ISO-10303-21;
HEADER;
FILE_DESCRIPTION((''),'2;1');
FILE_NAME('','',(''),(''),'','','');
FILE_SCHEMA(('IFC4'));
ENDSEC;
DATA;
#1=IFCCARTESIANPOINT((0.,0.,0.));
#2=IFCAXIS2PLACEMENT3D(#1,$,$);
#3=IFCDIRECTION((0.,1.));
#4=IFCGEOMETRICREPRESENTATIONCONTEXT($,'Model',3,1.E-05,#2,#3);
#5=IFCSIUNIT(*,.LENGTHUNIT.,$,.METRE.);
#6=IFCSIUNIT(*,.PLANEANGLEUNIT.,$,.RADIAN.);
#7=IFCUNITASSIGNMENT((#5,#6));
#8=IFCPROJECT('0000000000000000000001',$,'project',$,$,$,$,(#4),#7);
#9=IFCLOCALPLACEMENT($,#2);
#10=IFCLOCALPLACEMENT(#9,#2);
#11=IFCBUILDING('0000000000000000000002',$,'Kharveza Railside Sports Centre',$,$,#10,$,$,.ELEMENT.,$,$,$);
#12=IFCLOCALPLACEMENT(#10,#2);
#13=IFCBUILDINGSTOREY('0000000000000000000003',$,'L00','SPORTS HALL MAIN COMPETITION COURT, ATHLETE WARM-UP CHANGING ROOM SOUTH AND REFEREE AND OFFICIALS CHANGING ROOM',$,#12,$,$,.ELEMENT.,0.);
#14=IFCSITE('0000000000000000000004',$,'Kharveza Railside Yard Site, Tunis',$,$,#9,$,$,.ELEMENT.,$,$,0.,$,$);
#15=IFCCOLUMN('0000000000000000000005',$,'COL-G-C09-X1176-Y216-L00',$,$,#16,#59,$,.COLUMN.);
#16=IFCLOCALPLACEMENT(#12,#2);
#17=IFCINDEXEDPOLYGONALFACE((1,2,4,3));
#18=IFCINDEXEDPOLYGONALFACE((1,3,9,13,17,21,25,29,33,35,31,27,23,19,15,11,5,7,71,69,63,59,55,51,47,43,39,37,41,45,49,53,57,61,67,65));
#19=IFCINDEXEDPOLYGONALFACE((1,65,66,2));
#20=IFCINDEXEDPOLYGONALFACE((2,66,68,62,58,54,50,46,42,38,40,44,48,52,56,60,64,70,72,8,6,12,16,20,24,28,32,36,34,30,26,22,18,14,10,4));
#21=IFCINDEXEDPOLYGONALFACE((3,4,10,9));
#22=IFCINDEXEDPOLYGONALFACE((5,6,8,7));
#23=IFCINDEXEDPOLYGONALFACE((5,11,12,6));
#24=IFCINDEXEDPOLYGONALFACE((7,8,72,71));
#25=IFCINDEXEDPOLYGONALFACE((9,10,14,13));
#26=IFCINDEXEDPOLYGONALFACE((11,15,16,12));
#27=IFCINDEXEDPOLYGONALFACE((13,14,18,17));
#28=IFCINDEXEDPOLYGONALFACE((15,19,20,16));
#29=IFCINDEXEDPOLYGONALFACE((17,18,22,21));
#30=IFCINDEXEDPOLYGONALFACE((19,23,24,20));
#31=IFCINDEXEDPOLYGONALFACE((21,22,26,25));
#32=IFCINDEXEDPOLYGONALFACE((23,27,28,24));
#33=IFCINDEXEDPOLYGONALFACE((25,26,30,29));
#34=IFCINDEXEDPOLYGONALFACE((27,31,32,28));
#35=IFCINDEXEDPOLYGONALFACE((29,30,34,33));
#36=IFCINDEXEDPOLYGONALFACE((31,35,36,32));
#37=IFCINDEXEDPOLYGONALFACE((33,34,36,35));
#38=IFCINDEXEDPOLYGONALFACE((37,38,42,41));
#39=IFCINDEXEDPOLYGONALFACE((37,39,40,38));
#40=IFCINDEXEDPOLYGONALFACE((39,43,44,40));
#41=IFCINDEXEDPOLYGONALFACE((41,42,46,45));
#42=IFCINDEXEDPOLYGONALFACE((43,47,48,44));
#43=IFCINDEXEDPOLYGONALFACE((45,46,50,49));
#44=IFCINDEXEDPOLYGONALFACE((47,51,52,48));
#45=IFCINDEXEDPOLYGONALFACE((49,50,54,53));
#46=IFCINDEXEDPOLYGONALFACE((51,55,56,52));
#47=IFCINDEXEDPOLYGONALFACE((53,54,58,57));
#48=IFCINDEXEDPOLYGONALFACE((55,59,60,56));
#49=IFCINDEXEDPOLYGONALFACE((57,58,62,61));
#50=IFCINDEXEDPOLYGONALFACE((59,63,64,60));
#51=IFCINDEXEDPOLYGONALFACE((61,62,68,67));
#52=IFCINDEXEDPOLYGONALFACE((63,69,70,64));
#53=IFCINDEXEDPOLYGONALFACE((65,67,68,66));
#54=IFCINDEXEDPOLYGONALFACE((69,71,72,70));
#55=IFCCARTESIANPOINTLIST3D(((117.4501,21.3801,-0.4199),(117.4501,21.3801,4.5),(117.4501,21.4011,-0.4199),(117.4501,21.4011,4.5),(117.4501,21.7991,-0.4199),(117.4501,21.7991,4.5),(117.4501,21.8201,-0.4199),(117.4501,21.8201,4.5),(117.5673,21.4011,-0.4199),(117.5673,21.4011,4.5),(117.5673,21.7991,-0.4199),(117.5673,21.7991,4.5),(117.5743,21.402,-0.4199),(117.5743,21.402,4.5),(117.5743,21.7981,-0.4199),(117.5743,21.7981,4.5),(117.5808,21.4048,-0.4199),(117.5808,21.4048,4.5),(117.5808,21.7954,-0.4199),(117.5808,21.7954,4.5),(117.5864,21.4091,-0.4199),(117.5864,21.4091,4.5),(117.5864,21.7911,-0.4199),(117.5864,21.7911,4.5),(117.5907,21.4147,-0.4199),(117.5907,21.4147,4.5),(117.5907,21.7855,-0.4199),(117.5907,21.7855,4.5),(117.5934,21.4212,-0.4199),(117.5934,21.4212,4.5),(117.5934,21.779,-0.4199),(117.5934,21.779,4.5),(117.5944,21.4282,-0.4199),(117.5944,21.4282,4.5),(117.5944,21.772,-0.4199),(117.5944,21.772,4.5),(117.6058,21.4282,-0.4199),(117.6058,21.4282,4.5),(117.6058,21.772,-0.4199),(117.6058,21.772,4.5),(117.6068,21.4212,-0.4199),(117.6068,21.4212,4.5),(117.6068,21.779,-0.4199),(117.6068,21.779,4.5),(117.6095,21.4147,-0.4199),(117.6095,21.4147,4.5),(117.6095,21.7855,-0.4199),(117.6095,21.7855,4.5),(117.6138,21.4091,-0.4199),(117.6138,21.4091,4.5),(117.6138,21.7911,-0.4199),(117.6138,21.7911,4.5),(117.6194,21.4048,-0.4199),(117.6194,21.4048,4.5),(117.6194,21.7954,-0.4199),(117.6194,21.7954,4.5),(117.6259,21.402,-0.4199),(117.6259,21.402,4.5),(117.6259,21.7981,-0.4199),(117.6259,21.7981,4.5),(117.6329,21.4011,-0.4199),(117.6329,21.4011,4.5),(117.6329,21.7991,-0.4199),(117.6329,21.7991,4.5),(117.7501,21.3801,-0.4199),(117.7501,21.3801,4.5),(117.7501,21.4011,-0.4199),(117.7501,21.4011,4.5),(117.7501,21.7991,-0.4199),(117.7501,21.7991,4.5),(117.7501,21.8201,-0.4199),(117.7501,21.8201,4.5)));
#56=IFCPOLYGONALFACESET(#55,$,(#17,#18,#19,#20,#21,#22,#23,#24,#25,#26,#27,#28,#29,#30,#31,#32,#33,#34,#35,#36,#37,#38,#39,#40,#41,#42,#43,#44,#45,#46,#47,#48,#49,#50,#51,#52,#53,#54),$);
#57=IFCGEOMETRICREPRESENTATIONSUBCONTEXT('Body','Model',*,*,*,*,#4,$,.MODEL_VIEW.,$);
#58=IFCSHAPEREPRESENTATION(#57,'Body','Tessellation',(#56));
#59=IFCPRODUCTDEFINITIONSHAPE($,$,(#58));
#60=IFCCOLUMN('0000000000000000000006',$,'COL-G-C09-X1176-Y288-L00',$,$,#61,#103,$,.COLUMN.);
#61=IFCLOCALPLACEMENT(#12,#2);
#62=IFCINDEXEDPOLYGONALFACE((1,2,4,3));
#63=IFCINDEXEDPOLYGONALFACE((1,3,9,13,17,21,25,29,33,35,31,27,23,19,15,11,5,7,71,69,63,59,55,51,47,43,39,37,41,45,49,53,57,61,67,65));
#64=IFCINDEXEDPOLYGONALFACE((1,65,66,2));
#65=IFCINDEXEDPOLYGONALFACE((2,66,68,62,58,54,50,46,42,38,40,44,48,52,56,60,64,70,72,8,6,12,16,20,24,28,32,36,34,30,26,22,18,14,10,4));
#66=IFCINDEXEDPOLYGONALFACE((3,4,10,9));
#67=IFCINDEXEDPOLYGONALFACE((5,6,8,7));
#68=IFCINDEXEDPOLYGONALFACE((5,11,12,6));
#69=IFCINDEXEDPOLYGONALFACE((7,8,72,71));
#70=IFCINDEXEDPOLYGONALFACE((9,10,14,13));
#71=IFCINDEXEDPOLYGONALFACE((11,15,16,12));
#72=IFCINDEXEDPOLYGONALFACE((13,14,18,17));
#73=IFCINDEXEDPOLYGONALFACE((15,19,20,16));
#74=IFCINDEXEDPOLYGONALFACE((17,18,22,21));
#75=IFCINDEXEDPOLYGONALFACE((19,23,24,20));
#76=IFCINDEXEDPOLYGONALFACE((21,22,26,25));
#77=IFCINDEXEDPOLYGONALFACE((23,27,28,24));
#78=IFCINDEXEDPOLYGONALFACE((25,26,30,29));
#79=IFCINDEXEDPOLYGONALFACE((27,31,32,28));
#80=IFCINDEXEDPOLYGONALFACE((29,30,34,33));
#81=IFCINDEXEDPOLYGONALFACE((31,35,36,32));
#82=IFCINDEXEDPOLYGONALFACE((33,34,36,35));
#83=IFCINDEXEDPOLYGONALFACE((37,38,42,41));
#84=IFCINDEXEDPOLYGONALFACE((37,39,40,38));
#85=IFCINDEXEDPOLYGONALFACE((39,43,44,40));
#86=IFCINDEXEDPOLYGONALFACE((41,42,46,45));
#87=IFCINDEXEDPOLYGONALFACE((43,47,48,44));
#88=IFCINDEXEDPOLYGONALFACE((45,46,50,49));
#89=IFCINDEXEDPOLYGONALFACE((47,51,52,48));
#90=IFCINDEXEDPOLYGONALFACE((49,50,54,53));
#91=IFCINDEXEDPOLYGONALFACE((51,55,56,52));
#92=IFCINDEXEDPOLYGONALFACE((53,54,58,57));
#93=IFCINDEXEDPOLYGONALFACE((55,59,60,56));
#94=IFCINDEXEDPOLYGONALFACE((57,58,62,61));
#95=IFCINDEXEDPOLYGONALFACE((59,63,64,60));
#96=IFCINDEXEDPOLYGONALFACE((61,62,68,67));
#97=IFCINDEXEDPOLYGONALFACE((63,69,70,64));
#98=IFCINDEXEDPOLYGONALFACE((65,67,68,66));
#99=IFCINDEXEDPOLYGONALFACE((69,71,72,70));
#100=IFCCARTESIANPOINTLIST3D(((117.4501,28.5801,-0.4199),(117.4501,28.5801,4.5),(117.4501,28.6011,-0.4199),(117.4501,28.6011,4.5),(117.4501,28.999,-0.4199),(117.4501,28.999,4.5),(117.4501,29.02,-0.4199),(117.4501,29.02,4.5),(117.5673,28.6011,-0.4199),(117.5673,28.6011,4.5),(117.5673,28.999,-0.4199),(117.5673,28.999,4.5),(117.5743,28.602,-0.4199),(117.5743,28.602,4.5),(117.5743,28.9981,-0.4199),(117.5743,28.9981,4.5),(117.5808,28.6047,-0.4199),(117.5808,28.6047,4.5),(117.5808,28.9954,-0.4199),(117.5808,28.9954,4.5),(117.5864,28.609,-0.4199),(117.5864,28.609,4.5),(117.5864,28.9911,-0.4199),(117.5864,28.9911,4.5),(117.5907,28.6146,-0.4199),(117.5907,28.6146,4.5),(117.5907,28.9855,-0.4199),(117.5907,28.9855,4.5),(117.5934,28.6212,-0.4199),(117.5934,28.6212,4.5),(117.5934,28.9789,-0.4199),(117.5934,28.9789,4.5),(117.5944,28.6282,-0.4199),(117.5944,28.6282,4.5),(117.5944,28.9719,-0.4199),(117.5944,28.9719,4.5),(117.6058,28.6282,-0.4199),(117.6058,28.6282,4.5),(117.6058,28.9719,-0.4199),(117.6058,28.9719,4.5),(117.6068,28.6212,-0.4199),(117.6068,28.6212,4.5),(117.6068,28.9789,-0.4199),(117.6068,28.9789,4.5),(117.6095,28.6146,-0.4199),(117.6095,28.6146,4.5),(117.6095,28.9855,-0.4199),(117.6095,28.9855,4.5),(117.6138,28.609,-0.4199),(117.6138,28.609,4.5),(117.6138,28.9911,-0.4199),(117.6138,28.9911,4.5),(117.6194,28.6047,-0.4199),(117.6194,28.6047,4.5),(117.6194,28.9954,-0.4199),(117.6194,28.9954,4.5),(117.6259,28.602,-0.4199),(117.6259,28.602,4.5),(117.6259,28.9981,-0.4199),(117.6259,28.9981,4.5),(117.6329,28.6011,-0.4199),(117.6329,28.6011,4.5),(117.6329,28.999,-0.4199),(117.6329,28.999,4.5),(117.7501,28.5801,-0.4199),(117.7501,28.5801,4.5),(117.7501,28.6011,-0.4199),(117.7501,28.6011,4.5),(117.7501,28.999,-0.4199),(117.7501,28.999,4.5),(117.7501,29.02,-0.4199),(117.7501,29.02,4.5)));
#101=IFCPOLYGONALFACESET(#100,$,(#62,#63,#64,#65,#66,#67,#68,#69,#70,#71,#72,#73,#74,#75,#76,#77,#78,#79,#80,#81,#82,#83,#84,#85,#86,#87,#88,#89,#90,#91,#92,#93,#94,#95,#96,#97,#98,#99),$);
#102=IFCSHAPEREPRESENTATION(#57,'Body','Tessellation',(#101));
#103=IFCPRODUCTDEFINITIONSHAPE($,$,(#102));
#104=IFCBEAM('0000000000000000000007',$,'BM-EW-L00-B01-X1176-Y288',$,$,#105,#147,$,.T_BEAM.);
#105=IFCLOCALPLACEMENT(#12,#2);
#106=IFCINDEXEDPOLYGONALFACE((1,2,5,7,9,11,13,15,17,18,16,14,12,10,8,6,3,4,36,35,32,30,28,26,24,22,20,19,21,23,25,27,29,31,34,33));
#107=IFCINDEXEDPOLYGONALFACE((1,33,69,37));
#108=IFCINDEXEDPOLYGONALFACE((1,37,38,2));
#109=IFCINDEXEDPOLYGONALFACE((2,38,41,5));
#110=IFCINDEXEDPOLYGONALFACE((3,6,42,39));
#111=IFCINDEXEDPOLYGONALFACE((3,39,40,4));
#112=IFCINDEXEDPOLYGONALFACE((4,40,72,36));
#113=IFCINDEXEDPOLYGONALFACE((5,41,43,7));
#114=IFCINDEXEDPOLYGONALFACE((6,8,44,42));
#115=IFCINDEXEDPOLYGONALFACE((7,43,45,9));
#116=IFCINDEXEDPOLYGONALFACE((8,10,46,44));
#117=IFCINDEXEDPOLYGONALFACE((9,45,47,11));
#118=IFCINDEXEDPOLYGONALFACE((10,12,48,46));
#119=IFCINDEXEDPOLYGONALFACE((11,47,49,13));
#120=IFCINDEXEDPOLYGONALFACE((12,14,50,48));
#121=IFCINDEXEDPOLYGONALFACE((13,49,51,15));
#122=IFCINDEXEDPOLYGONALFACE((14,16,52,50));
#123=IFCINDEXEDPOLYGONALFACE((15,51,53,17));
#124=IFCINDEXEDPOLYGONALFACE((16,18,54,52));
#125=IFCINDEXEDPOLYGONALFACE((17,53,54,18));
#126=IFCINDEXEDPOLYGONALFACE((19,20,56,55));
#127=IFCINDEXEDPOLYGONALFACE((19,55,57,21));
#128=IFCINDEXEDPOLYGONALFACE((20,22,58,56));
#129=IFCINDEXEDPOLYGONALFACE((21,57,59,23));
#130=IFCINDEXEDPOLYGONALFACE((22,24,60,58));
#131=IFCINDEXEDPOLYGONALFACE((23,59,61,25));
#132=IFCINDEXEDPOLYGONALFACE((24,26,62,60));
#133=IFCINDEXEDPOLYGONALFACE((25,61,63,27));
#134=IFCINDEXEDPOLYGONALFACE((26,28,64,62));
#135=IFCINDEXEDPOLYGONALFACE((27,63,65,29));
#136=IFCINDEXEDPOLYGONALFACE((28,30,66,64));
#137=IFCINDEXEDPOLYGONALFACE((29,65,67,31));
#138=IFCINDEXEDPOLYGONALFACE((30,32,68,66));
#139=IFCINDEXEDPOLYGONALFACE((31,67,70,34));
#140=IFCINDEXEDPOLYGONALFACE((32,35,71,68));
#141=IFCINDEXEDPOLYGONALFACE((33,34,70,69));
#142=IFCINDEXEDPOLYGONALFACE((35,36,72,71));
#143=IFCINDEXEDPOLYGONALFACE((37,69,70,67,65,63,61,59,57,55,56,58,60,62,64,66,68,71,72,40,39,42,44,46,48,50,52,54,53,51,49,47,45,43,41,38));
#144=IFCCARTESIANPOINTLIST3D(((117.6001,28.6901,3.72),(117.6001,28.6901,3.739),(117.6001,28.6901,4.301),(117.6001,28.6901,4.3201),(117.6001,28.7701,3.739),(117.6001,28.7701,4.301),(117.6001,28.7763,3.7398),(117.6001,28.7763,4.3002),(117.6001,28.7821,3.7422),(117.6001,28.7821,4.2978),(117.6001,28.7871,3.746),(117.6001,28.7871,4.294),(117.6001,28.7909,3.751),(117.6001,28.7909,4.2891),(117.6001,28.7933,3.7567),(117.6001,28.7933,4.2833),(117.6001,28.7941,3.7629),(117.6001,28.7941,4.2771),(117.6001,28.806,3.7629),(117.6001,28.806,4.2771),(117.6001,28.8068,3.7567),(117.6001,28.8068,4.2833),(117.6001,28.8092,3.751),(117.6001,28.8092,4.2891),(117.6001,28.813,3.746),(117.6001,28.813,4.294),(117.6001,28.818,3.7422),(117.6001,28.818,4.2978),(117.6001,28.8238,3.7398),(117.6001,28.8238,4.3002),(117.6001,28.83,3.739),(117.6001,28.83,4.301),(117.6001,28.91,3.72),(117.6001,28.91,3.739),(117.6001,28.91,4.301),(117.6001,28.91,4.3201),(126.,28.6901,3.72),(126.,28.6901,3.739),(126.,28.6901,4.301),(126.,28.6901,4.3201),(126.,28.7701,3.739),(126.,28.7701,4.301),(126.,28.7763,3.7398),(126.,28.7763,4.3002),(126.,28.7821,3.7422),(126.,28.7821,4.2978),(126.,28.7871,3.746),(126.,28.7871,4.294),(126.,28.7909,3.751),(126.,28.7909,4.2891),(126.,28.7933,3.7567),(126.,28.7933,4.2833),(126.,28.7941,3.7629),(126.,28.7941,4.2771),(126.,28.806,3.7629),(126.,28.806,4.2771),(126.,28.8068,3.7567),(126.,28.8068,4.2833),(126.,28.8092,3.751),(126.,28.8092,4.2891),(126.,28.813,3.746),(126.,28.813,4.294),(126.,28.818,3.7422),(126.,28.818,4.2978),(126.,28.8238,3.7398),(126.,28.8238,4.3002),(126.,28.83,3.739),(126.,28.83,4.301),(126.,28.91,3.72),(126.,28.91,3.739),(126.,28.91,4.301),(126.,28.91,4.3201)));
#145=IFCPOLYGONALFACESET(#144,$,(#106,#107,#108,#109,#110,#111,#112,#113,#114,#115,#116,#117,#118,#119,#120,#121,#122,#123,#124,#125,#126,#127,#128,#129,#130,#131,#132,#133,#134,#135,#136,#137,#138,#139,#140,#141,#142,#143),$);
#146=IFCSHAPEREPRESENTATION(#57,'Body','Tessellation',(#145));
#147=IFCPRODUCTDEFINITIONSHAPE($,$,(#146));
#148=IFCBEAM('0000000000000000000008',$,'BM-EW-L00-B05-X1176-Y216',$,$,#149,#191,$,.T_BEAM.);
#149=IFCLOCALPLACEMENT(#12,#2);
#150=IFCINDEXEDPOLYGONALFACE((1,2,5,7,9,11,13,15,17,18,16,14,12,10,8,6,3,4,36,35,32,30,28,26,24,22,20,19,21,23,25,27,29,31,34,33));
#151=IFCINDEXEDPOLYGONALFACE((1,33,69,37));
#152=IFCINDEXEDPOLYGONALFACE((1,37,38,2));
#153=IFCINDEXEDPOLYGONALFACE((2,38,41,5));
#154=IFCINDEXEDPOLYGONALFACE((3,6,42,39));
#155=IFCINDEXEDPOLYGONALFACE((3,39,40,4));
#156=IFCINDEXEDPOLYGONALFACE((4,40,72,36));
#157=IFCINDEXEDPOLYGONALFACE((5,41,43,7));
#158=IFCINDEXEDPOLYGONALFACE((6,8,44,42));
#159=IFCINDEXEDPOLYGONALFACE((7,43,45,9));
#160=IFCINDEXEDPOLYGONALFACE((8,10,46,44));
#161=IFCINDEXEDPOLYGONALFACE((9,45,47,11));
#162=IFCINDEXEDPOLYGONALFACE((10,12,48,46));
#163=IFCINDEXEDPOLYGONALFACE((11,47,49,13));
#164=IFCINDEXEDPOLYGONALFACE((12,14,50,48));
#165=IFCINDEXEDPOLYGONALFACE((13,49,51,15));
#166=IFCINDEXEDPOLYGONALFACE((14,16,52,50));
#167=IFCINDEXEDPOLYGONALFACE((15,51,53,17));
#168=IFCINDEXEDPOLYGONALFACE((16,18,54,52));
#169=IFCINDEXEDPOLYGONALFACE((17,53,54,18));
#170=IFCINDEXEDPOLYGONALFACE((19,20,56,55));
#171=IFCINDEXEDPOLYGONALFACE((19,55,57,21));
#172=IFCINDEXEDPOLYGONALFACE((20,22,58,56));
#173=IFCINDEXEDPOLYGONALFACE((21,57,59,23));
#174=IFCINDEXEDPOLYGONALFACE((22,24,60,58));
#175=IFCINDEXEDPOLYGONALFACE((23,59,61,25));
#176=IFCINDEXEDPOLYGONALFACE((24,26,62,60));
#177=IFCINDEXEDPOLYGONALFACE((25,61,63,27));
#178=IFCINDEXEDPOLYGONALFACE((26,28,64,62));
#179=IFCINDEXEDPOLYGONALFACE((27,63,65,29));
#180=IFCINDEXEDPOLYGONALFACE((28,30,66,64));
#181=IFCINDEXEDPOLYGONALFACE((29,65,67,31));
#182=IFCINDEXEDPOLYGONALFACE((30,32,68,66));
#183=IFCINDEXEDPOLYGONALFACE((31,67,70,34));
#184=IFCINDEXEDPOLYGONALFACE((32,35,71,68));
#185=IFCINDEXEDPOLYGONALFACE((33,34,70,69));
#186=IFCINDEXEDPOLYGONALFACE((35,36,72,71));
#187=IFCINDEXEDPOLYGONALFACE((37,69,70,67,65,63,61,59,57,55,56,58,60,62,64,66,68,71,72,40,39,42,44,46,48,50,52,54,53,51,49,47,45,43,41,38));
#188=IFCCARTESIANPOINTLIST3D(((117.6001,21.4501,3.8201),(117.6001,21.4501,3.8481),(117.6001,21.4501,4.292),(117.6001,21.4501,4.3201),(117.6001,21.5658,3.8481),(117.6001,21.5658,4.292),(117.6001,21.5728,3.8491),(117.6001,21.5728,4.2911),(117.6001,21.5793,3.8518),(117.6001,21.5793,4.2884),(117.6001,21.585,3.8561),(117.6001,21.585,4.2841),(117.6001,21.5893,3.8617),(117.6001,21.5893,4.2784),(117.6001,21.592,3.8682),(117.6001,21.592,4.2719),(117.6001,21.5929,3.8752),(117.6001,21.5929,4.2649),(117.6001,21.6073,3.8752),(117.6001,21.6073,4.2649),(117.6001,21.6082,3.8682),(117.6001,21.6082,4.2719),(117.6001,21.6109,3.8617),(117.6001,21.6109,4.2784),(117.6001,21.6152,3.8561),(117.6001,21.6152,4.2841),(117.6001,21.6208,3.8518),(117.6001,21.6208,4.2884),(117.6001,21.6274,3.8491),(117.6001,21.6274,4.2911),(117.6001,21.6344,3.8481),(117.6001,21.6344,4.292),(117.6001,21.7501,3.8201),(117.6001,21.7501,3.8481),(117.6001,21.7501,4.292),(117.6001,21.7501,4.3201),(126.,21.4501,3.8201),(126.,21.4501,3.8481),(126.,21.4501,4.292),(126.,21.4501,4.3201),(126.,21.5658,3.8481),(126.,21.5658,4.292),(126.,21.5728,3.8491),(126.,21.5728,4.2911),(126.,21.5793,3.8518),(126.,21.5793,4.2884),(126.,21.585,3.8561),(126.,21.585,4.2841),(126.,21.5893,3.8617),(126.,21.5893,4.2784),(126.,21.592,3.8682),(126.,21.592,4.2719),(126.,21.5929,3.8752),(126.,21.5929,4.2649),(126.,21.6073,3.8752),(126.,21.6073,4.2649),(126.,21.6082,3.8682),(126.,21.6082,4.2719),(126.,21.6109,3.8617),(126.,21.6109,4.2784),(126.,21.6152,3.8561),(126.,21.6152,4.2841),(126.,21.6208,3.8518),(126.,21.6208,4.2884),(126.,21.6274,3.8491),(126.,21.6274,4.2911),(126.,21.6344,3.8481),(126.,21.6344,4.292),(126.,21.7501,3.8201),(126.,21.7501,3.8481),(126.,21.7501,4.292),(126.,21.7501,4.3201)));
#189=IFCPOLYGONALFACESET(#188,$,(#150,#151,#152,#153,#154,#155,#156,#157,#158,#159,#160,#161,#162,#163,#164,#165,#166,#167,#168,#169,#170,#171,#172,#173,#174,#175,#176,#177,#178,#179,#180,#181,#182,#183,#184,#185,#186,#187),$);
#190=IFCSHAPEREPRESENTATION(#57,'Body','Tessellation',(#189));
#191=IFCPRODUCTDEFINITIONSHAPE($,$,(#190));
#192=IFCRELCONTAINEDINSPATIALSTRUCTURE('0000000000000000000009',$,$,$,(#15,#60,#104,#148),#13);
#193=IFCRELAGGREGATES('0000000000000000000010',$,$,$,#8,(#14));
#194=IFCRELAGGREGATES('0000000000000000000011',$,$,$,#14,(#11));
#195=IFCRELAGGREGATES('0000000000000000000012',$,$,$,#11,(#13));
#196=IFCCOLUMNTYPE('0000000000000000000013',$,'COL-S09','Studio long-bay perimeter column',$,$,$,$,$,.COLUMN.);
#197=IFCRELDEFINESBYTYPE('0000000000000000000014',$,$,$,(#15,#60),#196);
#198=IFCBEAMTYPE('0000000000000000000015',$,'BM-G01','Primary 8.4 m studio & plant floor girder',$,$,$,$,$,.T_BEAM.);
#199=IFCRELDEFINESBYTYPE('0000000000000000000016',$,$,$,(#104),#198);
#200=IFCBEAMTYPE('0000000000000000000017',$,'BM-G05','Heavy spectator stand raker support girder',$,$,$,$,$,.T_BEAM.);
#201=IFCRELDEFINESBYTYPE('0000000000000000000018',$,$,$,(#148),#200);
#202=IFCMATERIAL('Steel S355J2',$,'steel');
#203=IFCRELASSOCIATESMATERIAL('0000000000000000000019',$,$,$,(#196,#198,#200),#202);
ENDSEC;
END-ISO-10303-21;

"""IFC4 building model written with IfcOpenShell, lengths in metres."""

from ifc_helpers import new_model, si_unit, direction, frame, origin, origin_2d, place, context, subcontext, project, spatial, i_section, extrude, material, material_profile, profile_set, type_object, element, save


model = new_model("IFC4")

# Units and contexts
model_context = context("Model", 3, precision=1e-05, world=origin(), true_north=direction((0.0, 1.0)))
body_context = subcontext(model_context, "Body", "Model", "MODEL_VIEW")
ifc_project = project(units=[si_unit("LENGTHUNIT", "METRE"), si_unit("PLANEANGLEUNIT", "RADIAN")], contexts=[model_context])

# Site, building, storey
site_placement = place(None, origin())
site = spatial("IfcSite", under=ifc_project, at=site_placement, Name="Kharveza Railside Yard Site, Tunis", CompositionType="ELEMENT", RefElevation=0.0)
building_placement = place(site_placement, origin())
building = spatial("IfcBuilding", under=site, at=building_placement, Name="Kharveza Railside Sports Centre", CompositionType="ELEMENT")
storey_placement = place(building_placement, origin())
storey = spatial("IfcBuildingStorey", under=building, at=storey_placement, Name="L00", Description="SPORTS HALL MAIN COMPETITION COURT, ATHLETE WARM-UP CHANGING ROOM SOUTH AND REFEREE AND OFFICIALS CHANGING ROOM", CompositionType="ELEMENT", Elevation=0.0)

# Columns
ifc_material_1 = material(Name="Steel S355J2", Category="steel")
ifc_material_profile_1 = material_profile(ifc_material_1, i_section(OverallWidth=0.3, OverallDepth=0.4399, WebThickness=0.0115, FlangeThickness=0.021, FilletRadius=0.0271, at=origin_2d()), Name="HEA 450")
ifc_profile_set_1 = profile_set([ifc_material_profile_1], Name="Steel S355J2")
column_type_1 = type_object("IfcColumnType", Name="COL-S09", Description="Studio long-bay perimeter column", PredefinedType="COLUMN", material=ifc_profile_set_1)
for number, where, z_axis, x_axis, name in (
    (1, (117.6001, 21.6001, -0.4199), (0.0, 0.0, 1.0), (1.0, 0.0, 0.0), "COL-G-C09-X1176-Y216-L00"),
    (2, (117.6001, 28.8, -0.4199), (0.0, 0.0, 1.0), (1.0, 0.0, 0.0), "COL-G-C09-X1176-Y288-L00"),
):
    element("IfcColumn", number, at=place(storey_placement, frame(where, z_axis=z_axis, x_axis=x_axis)), inside=storey, type_object=column_type_1, Name=name, PredefinedType="COLUMN", context=body_context, shape_type="SweptSolid", body=[
        extrude(i_section(OverallWidth=0.3, OverallDepth=0.4399, WebThickness=0.0115, FlangeThickness=0.021, FilletRadius=0.0271, at=origin_2d()), origin(), (0.0, 0.0, 1.0), 4.9199),
    ])

# Beams
ifc_material_profile_2 = material_profile(ifc_material_1, i_section(OverallWidth=0.22, OverallDepth=0.6001, WebThickness=0.012, FlangeThickness=0.019, FilletRadius=0.0239, at=origin_2d()), Name="IPE 600")
ifc_profile_set_2 = profile_set([ifc_material_profile_2], Name="Steel S355J2")
beam_type_1 = type_object("IfcBeamType", Name="BM-G01", Description="Primary 8.4 m studio & plant floor girder", PredefinedType="T_BEAM", material=ifc_profile_set_2)
beam_1_placement = place(storey_placement, frame((117.6001, 28.8, 4.02), z_axis=(1.0, 0.0, 0.0), x_axis=(0.0, 1.0, 0.0)))
element("IfcBeam", 3, at=beam_1_placement, inside=storey, type_object=beam_type_1, Name="BM-EW-L00-B01-X1176-Y288", PredefinedType="T_BEAM", context=body_context, shape_type="SweptSolid", body=[
    extrude(i_section(OverallWidth=0.22, OverallDepth=0.6001, WebThickness=0.012, FlangeThickness=0.019, FilletRadius=0.0239, at=origin_2d()), origin(), (0.0, 0.0, 1.0), 8.3999),
])
ifc_material_profile_3 = material_profile(ifc_material_1, i_section(OverallWidth=0.3, OverallDepth=0.5, WebThickness=0.0144, FlangeThickness=0.0281, FilletRadius=0.0271, at=origin_2d()), Name="HEB 500")
ifc_profile_set_3 = profile_set([ifc_material_profile_3], Name="Steel S355J2")
beam_type_2 = type_object("IfcBeamType", Name="BM-G05", Description="Heavy spectator stand raker support girder", PredefinedType="T_BEAM", material=ifc_profile_set_3)
for number, where, z_axis, x_axis, name in (
    (4, (117.6001, 21.6001, 4.0701), (1.0, 0.0, 0.0), (0.0, 1.0, 0.0), "BM-EW-L00-B05-X1176-Y216"),
):
    element("IfcBeam", number, at=place(storey_placement, frame(where, z_axis=z_axis, x_axis=x_axis)), inside=storey, type_object=beam_type_2, Name=name, PredefinedType="T_BEAM", context=body_context, shape_type="SweptSolid", body=[
        extrude(i_section(OverallWidth=0.3, OverallDepth=0.5, WebThickness=0.0144, FlangeThickness=0.0281, FilletRadius=0.0271, at=origin_2d()), origin(), (0.0, 0.0, 1.0), 8.3999),
    ])

save(model, "model.ifc")
